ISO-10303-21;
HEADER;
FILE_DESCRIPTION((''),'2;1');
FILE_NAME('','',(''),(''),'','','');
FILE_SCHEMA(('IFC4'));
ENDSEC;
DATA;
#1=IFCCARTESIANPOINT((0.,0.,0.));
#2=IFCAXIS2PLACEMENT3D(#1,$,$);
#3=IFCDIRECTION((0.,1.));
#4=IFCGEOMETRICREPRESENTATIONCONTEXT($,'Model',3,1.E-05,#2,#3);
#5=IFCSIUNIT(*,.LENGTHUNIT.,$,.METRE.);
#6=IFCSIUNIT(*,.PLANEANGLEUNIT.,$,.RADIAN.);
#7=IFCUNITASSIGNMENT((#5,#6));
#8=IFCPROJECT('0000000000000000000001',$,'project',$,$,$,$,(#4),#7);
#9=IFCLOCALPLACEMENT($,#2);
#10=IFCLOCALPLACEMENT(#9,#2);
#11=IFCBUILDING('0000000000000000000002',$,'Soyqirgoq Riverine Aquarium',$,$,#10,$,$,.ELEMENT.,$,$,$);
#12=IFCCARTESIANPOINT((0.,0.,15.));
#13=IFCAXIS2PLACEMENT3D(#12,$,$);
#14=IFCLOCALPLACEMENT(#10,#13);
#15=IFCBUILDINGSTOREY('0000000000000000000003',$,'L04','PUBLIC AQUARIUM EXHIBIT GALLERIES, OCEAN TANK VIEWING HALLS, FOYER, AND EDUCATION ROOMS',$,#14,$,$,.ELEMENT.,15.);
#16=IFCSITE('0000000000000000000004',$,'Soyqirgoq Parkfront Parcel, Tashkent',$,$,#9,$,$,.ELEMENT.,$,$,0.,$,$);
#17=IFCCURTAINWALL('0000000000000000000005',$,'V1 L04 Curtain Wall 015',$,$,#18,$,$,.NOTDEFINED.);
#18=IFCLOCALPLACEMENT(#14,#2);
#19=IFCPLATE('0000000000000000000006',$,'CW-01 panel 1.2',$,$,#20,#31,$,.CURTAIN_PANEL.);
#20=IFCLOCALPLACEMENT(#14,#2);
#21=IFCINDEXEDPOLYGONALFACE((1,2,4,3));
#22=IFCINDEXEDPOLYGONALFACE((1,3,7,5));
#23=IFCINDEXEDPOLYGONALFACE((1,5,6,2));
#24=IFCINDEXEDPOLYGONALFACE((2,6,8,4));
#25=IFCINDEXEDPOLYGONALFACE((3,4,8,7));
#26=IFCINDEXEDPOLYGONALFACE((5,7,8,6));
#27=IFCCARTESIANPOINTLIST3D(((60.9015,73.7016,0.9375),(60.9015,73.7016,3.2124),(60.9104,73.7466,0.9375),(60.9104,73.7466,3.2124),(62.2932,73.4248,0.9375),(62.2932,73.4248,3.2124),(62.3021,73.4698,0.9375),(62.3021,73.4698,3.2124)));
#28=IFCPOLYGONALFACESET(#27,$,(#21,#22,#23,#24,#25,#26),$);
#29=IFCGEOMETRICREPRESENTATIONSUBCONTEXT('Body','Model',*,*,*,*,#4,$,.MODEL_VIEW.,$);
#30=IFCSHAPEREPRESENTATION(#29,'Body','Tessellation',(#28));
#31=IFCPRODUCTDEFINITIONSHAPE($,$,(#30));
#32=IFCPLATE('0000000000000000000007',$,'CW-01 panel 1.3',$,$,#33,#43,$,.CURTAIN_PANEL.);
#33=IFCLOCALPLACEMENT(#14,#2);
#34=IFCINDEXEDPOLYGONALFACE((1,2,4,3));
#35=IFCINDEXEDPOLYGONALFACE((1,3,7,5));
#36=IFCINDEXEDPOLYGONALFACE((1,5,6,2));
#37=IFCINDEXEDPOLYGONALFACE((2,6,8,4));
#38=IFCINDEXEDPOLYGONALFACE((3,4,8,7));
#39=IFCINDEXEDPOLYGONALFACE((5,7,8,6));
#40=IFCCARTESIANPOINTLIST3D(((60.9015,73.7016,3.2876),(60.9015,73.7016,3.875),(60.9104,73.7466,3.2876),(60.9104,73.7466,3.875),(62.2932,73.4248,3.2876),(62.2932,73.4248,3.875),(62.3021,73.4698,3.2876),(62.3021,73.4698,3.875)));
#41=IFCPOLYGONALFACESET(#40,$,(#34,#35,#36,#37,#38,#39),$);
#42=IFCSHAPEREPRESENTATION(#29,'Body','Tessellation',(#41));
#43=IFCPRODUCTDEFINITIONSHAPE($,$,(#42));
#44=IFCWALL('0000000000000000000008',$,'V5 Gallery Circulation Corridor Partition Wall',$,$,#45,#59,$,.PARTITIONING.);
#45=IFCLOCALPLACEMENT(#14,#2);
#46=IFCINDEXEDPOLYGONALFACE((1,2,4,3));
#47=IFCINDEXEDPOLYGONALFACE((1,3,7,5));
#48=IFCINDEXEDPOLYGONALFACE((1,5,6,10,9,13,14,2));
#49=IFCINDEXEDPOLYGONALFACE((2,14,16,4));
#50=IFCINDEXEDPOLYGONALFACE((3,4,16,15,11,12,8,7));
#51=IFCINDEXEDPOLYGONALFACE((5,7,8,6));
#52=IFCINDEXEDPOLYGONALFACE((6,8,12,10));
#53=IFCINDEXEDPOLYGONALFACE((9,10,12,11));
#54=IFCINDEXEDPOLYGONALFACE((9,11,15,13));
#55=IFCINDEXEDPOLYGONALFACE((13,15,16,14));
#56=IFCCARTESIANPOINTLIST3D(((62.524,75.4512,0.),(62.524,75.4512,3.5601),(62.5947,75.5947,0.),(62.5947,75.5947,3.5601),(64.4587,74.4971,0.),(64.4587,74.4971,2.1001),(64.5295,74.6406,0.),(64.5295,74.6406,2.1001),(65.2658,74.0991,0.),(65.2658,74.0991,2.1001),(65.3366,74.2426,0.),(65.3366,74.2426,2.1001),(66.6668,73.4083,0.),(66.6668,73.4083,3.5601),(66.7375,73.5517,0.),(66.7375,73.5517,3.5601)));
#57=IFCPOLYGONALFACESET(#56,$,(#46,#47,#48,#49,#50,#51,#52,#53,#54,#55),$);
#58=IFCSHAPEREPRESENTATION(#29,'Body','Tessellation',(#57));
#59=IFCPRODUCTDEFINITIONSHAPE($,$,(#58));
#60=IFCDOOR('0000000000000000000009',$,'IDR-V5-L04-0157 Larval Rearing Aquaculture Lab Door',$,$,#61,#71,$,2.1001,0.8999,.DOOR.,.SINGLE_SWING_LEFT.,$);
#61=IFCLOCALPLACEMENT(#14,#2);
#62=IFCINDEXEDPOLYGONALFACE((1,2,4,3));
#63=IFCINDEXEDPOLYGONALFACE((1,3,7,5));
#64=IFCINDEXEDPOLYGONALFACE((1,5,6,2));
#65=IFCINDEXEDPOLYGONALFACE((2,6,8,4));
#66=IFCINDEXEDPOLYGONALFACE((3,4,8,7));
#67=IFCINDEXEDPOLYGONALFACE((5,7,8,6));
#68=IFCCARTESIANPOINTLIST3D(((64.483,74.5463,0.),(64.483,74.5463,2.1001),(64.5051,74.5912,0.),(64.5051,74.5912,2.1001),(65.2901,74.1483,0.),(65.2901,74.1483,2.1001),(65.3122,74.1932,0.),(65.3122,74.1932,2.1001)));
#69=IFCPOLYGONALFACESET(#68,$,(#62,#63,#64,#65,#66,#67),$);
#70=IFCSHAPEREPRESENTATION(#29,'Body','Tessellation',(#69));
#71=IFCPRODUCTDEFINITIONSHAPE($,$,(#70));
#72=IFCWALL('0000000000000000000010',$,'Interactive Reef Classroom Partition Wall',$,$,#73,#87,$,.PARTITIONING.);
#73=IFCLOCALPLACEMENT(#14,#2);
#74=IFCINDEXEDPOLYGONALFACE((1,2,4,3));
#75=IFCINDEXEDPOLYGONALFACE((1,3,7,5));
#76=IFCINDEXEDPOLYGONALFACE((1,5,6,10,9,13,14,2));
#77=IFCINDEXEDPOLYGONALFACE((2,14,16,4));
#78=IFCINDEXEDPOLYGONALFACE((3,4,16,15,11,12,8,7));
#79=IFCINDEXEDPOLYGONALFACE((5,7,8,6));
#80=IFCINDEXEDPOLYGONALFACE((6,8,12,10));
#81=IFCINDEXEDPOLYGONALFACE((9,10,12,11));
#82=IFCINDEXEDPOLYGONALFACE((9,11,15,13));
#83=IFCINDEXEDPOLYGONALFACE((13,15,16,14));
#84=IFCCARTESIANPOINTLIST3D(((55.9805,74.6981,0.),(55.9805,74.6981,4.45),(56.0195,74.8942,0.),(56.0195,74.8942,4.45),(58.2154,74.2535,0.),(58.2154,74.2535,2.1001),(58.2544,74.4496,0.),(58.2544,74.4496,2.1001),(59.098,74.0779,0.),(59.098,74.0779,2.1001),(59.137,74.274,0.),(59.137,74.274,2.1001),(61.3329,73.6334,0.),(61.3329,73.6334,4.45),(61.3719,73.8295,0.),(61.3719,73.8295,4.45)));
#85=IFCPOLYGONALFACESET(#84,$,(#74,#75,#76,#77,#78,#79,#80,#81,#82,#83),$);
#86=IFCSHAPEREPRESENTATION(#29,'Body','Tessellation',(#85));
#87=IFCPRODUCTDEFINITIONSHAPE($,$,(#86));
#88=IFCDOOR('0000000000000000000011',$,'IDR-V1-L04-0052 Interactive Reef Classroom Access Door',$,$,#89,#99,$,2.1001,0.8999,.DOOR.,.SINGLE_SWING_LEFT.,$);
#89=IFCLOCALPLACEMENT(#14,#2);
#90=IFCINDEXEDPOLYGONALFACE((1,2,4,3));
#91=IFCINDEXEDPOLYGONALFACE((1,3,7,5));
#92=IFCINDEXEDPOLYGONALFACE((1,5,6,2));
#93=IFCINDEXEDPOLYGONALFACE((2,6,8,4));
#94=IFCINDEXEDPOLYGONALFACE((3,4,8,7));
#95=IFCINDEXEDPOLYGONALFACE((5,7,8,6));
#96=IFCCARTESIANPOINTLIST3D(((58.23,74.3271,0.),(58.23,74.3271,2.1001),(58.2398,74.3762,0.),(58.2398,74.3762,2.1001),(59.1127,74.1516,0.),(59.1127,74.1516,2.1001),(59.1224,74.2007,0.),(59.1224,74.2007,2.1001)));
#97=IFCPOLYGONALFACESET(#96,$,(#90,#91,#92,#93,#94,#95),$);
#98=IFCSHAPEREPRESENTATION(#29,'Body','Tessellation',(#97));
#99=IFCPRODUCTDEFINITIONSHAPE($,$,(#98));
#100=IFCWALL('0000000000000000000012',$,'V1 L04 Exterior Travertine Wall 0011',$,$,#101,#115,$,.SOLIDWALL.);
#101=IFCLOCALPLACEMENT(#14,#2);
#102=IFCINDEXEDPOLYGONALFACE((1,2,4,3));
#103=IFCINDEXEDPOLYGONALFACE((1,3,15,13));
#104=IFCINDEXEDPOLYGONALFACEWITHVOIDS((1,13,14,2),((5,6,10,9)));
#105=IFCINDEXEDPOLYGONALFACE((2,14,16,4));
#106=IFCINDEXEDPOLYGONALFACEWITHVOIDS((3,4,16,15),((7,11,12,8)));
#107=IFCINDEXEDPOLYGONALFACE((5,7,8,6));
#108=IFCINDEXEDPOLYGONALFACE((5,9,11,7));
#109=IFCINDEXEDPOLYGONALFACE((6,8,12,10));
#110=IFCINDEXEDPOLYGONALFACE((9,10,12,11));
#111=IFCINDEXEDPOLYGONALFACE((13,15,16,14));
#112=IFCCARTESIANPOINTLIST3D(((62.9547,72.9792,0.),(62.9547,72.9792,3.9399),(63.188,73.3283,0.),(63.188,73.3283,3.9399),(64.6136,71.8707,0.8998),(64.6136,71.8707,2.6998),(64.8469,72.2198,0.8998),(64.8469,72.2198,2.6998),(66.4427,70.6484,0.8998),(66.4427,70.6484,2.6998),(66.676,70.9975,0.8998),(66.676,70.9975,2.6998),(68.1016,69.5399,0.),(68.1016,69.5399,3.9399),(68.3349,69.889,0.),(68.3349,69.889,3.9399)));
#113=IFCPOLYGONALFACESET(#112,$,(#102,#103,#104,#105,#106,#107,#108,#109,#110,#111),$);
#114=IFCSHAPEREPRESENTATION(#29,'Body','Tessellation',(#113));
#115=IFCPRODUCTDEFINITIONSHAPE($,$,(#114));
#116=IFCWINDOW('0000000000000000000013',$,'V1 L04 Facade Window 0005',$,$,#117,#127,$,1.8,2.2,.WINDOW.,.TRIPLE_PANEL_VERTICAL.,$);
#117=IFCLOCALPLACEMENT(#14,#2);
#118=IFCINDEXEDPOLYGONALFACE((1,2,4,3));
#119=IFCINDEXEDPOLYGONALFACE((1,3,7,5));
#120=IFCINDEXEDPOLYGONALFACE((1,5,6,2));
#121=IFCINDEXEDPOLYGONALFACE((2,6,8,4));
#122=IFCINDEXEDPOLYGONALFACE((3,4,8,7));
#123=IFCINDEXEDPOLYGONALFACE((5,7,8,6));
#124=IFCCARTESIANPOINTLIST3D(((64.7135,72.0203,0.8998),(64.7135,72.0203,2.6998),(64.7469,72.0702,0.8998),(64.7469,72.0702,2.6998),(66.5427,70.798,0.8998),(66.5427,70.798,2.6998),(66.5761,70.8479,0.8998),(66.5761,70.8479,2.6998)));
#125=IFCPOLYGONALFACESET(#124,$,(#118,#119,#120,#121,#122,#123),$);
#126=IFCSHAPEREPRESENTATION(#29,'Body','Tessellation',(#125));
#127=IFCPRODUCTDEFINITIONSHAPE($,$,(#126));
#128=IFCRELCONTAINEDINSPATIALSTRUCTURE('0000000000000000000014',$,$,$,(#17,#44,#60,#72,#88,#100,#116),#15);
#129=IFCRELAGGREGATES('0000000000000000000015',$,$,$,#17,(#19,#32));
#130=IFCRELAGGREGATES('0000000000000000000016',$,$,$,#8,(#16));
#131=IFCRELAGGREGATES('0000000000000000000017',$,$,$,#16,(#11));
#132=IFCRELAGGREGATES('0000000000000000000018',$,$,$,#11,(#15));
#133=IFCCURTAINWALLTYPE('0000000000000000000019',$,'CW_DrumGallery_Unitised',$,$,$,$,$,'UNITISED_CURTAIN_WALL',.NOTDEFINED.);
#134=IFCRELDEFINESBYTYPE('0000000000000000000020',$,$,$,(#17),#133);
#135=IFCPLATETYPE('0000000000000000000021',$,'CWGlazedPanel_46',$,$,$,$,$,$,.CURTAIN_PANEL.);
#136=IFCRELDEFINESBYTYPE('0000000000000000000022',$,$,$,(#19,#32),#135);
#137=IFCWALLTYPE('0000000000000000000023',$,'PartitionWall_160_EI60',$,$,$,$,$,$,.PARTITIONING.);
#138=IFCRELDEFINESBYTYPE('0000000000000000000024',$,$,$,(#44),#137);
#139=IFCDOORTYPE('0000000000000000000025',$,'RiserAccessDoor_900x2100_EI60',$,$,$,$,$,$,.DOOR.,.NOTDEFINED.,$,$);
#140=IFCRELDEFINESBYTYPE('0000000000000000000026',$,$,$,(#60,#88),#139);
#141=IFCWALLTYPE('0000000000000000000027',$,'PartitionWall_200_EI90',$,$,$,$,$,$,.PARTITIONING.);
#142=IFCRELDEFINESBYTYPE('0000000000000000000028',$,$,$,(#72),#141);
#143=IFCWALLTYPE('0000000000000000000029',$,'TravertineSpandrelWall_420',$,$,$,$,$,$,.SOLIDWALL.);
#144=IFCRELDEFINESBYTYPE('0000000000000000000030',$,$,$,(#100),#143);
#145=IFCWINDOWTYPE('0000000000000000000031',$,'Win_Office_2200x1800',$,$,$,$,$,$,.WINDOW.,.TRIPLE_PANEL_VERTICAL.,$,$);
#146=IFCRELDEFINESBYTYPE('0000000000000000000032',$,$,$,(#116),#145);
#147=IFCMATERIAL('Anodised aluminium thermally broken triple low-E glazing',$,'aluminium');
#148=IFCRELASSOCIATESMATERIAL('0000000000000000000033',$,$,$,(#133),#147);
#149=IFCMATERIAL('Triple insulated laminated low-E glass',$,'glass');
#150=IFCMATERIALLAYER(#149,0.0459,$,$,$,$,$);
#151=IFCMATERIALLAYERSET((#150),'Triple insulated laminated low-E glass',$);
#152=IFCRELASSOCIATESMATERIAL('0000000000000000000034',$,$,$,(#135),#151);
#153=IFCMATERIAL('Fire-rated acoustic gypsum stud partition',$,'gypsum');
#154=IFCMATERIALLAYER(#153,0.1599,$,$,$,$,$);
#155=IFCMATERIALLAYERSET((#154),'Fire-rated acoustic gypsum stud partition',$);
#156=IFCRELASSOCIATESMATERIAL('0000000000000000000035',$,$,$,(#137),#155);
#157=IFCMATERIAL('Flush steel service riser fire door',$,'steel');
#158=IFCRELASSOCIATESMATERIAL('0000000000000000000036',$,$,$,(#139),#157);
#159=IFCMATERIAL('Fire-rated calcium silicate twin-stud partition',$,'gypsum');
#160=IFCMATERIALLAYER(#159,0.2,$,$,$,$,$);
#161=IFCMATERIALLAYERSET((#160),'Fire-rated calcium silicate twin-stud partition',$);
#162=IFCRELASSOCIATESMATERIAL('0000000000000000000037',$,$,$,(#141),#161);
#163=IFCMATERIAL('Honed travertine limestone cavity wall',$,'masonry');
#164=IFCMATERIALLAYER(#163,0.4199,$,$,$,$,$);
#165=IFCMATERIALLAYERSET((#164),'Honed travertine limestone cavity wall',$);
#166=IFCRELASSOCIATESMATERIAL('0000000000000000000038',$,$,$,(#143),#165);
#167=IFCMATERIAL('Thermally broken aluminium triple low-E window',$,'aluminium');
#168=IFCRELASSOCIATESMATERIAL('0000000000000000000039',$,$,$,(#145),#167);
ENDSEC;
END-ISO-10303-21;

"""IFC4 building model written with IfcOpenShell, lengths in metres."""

from ifc_helpers import new_model, si_unit, direction, frame, frame_2d, origin, origin_2d, place, context, subcontext, project, spatial, rectangle, extrude, material, layer, layer_set, type_object, element, fill, aggregate, save


model = new_model("IFC4")

# Units and contexts
model_context = context("Model", 3, precision=1e-05, world=origin(), true_north=direction((0.0, 1.0)))
body_context = subcontext(model_context, "Body", "Model", "MODEL_VIEW")
ifc_project = project(units=[si_unit("LENGTHUNIT", "METRE"), si_unit("PLANEANGLEUNIT", "RADIAN")], contexts=[model_context])

# Site, building, storey
site_placement = place(None, origin())
site = spatial("IfcSite", under=ifc_project, at=site_placement, Name="Soyqirgoq Parkfront Parcel, Tashkent", CompositionType="ELEMENT", RefElevation=0.0)
building_placement = place(site_placement, origin())
building = spatial("IfcBuilding", under=site, at=building_placement, Name="Soyqirgoq Riverine Aquarium", CompositionType="ELEMENT")
storey_placement = place(building_placement, frame((0.0, 0.0, 15.0)))
storey = spatial("IfcBuildingStorey", under=building, at=storey_placement, Name="L04", Description="PUBLIC AQUARIUM EXHIBIT GALLERIES, OCEAN TANK VIEWING HALLS, FOYER, AND EDUCATION ROOMS", CompositionType="ELEMENT", Elevation=15.0)

# Curtain wall
ifc_material_1 = material(Name="Anodised aluminium thermally broken triple low-E glazing", Category="aluminium")
curtain_wall_type = type_object("IfcCurtainWallType", Name="CW_DrumGallery_Unitised", ElementType="UNITISED_CURTAIN_WALL", PredefinedType="NOTDEFINED", material=ifc_material_1)
curtain_wall_placement = place(storey_placement, origin())
curtain_wall = element("IfcCurtainWall", 1, at=curtain_wall_placement, inside=storey, type_object=curtain_wall_type, Name="V1 L04 Curtain Wall 015", PredefinedType="NOTDEFINED")

# Plates
ifc_material_2 = material(Name="Triple insulated laminated low-E glass", Category="glass")
ifc_layer_1 = layer(ifc_material_2, 0.0459)
ifc_layer_set_1 = layer_set([ifc_layer_1], Name="Triple insulated laminated low-E glass")
plate_type = type_object("IfcPlateType", Name="CWGlazedPanel_46", PredefinedType="CURTAIN_PANEL", material=ifc_layer_set_1)
plate_1_placement = place(storey_placement, frame((61.6018, 73.5857, 0.9375), z_axis=(0.0, 0.0, 1.0), x_axis=(-0.980783, 0.195102, 0.0)))
plate_1 = element("IfcPlate", 2, at=plate_1_placement, type_object=plate_type, Name="CW-01 panel 1.2", PredefinedType="CURTAIN_PANEL", context=body_context, shape_type="SweptSolid", body=[
    extrude(rectangle(XDim=1.4189, YDim=0.0459, at=origin_2d()), origin(), (0.0, 0.0, 1.0), 2.2749),
])
plate_2_placement = place(storey_placement, frame((61.6018, 73.5857, 3.2876), z_axis=(0.0, 0.0, 1.0), x_axis=(-0.980783, 0.195102, 0.0)))
plate_2 = element("IfcPlate", 3, at=plate_2_placement, type_object=plate_type, Name="CW-01 panel 1.3", PredefinedType="CURTAIN_PANEL", context=body_context, shape_type="SweptSolid", body=[
    extrude(rectangle(XDim=1.4189, YDim=0.0459, at=origin_2d()), origin(), (0.0, 0.0, 1.0), 0.5874),
])
aggregate(curtain_wall, [plate_1, plate_2])

# Walls, openings, doors
ifc_material_3 = material(Name="Fire-rated acoustic gypsum stud partition", Category="gypsum")
ifc_layer_2 = layer(ifc_material_3, 0.1599)
ifc_layer_set_2 = layer_set([ifc_layer_2], Name="Fire-rated acoustic gypsum stud partition")
wall_type_1 = type_object("IfcWallType", Name="PartitionWall_160_EI60", PredefinedType="PARTITIONING", material=ifc_layer_set_2)
wall_1_placement = place(storey_placement, frame((62.5593, 75.5229, 0.0), z_axis=(0.0, 0.0, 1.0), x_axis=(0.896877, -0.442281, 0.0)))
wall_1 = element("IfcWall", 4, at=wall_1_placement, inside=storey, type_object=wall_type_1, Name="V5 Gallery Circulation Corridor Partition Wall", PredefinedType="PARTITIONING", context=body_context, shape_type="SweptSolid", body=[
    extrude(rectangle(XDim=4.6191, YDim=0.1599, at=frame_2d((2.3096, 0.0))), origin(), (0.0, 0.0, 1.0), 3.5601),
])
opening_1_placement = place(wall_1_placement, frame((2.1572, 0.0, 0.0)))
opening_1 = element("IfcOpeningElement", 5, at=opening_1_placement, cuts=wall_1, PredefinedType="OPENING", context=body_context, shape_type="SweptSolid", body=[
    extrude(rectangle(XDim=0.8999, YDim=2.1001, at=frame_2d((0.45, 1.05))), frame((0.0, 0.0898, 0.0), z_axis=(0.0, -1.0, 0.0), x_axis=(1.0, 0.0, 0.0)), (0.0, 0.0, 1.0), 0.1799),
])
ifc_material_4 = material(Name="Flush steel service riser fire door", Category="steel")
door_type = type_object("IfcDoorType", Name="RiserAccessDoor_900x2100_EI60", OperationType="NOTDEFINED", PredefinedType="DOOR", material=ifc_material_4)
door_1_placement = place(opening_1_placement, origin())
door_1 = element("IfcDoor", 6, at=door_1_placement, inside=storey, type_object=door_type, Name="IDR-V5-L04-0157 Larval Rearing Aquaculture Lab Door", OperationType="SINGLE_SWING_LEFT", OverallHeight=2.1001, OverallWidth=0.8999, PredefinedType="DOOR", context=body_context, shape_type="SweptSolid", body=[
    extrude(rectangle(XDim=0.8999, YDim=2.1001, at=frame_2d((0.45, 1.05))), frame((0.0, 0.0249, 0.0), z_axis=(0.0, -1.0, 0.0), x_axis=(1.0, 0.0, 0.0)), (0.0, 0.0, 1.0), 0.05),
])
fill(opening_1, door_1)
ifc_material_5 = material(Name="Fire-rated calcium silicate twin-stud partition", Category="gypsum")
ifc_layer_3 = layer(ifc_material_5, 0.2)
ifc_layer_set_3 = layer_set([ifc_layer_3], Name="Fire-rated calcium silicate twin-stud partition")
wall_type_2 = type_object("IfcWallType", Name="PartitionWall_200_EI90", PredefinedType="PARTITIONING", material=ifc_layer_set_3)
wall_2_placement = place(storey_placement, frame((61.3523, 73.7314, 0.0), z_axis=(0.0, 0.0, 1.0), x_axis=(-0.980783, 0.195101, 0.0)))
wall_2 = element("IfcWall", 7, at=wall_2_placement, inside=storey, type_object=wall_type_2, Name="Interactive Reef Classroom Partition Wall", PredefinedType="PARTITIONING", context=body_context, shape_type="SweptSolid", body=[
    extrude(rectangle(XDim=5.4573, YDim=0.2, at=frame_2d((2.7285, 0.0))), origin(), (0.0, 0.0, 1.0), 4.45),
])
opening_2_placement = place(wall_2_placement, frame((2.2786, 0.0, 0.0)))
opening_2 = element("IfcOpeningElement", 8, at=opening_2_placement, cuts=wall_2, PredefinedType="OPENING", context=body_context, shape_type="SweptSolid", body=[
    extrude(rectangle(XDim=0.8999, YDim=2.1001, at=frame_2d((0.45, 1.05))), frame((0.0, 0.1099, 0.0), z_axis=(0.0, -1.0, 0.0), x_axis=(1.0, 0.0, 0.0)), (0.0, 0.0, 1.0), 0.22),
])
door_2_placement = place(opening_2_placement, origin())
door_2 = element("IfcDoor", 9, at=door_2_placement, inside=storey, type_object=door_type, Name="IDR-V1-L04-0052 Interactive Reef Classroom Access Door", OperationType="SINGLE_SWING_LEFT", OverallHeight=2.1001, OverallWidth=0.8999, PredefinedType="DOOR", context=body_context, shape_type="SweptSolid", body=[
    extrude(rectangle(XDim=0.8999, YDim=2.1001, at=frame_2d((0.45, 1.05))), frame((0.0, 0.0249, 0.0), z_axis=(0.0, -1.0, 0.0), x_axis=(1.0, 0.0, 0.0)), (0.0, 0.0, 1.0), 0.05),
])
fill(opening_2, door_2)

# Wall, opening, window
ifc_material_6 = material(Name="Honed travertine limestone cavity wall", Category="masonry")
ifc_layer_4 = layer(ifc_material_6, 0.4199)
ifc_layer_set_4 = layer_set([ifc_layer_4], Name="Honed travertine limestone cavity wall")
wall_type_3 = type_object("IfcWallType", Name="TravertineSpandrelWall_420", PredefinedType="SOLIDWALL", material=ifc_layer_set_4)
wall_3_placement = place(storey_placement, frame((63.0713, 73.1538, 0.0), z_axis=(0.0, 0.0, 1.0), x_axis=(0.831449, -0.555601, 0.0)))
wall_3 = element("IfcWall", 10, at=wall_3_placement, inside=storey, type_object=wall_type_3, Name="V1 L04 Exterior Travertine Wall 0011", PredefinedType="SOLIDWALL", context=body_context, shape_type="SweptSolid", body=[
    extrude(rectangle(XDim=6.1902, YDim=0.4199, at=frame_2d((3.0952, 0.0))), origin(), (0.0, 0.0, 1.0), 3.9399),
])
opening_3_placement = place(wall_3_placement, frame((1.9951, 0.0, 0.8999)))
opening_3 = element("IfcOpeningElement", 11, at=opening_3_placement, cuts=wall_3, PredefinedType="OPENING", context=body_context, shape_type="SweptSolid", body=[
    extrude(rectangle(XDim=2.2, YDim=1.8, at=frame_2d((1.1001, 0.8999))), frame((0.0, 0.22, 0.0), z_axis=(0.0, -1.0, 0.0), x_axis=(1.0, 0.0, 0.0)), (0.0, 0.0, 1.0), 0.4399),
])
ifc_material_7 = material(Name="Thermally broken aluminium triple low-E window", Category="aluminium")
window_type = type_object("IfcWindowType", Name="Win_Office_2200x1800", PartitioningType="TRIPLE_PANEL_VERTICAL", PredefinedType="WINDOW", material=ifc_material_7)
window_placement = place(opening_3_placement, origin())
window = element("IfcWindow", 12, at=window_placement, inside=storey, type_object=window_type, Name="V1 L04 Facade Window 0005", OverallHeight=1.8, OverallWidth=2.2, PartitioningType="TRIPLE_PANEL_VERTICAL", PredefinedType="WINDOW", context=body_context, shape_type="SweptSolid", body=[
    extrude(rectangle(XDim=2.2, YDim=1.8, at=frame_2d((1.1001, 0.8999))), frame((0.0, 0.03, 0.0), z_axis=(0.0, -1.0, 0.0), x_axis=(1.0, 0.0, 0.0)), (0.0, 0.0, 1.0), 0.0601),
])
fill(opening_3, window)

save(model, "model.ifc")
